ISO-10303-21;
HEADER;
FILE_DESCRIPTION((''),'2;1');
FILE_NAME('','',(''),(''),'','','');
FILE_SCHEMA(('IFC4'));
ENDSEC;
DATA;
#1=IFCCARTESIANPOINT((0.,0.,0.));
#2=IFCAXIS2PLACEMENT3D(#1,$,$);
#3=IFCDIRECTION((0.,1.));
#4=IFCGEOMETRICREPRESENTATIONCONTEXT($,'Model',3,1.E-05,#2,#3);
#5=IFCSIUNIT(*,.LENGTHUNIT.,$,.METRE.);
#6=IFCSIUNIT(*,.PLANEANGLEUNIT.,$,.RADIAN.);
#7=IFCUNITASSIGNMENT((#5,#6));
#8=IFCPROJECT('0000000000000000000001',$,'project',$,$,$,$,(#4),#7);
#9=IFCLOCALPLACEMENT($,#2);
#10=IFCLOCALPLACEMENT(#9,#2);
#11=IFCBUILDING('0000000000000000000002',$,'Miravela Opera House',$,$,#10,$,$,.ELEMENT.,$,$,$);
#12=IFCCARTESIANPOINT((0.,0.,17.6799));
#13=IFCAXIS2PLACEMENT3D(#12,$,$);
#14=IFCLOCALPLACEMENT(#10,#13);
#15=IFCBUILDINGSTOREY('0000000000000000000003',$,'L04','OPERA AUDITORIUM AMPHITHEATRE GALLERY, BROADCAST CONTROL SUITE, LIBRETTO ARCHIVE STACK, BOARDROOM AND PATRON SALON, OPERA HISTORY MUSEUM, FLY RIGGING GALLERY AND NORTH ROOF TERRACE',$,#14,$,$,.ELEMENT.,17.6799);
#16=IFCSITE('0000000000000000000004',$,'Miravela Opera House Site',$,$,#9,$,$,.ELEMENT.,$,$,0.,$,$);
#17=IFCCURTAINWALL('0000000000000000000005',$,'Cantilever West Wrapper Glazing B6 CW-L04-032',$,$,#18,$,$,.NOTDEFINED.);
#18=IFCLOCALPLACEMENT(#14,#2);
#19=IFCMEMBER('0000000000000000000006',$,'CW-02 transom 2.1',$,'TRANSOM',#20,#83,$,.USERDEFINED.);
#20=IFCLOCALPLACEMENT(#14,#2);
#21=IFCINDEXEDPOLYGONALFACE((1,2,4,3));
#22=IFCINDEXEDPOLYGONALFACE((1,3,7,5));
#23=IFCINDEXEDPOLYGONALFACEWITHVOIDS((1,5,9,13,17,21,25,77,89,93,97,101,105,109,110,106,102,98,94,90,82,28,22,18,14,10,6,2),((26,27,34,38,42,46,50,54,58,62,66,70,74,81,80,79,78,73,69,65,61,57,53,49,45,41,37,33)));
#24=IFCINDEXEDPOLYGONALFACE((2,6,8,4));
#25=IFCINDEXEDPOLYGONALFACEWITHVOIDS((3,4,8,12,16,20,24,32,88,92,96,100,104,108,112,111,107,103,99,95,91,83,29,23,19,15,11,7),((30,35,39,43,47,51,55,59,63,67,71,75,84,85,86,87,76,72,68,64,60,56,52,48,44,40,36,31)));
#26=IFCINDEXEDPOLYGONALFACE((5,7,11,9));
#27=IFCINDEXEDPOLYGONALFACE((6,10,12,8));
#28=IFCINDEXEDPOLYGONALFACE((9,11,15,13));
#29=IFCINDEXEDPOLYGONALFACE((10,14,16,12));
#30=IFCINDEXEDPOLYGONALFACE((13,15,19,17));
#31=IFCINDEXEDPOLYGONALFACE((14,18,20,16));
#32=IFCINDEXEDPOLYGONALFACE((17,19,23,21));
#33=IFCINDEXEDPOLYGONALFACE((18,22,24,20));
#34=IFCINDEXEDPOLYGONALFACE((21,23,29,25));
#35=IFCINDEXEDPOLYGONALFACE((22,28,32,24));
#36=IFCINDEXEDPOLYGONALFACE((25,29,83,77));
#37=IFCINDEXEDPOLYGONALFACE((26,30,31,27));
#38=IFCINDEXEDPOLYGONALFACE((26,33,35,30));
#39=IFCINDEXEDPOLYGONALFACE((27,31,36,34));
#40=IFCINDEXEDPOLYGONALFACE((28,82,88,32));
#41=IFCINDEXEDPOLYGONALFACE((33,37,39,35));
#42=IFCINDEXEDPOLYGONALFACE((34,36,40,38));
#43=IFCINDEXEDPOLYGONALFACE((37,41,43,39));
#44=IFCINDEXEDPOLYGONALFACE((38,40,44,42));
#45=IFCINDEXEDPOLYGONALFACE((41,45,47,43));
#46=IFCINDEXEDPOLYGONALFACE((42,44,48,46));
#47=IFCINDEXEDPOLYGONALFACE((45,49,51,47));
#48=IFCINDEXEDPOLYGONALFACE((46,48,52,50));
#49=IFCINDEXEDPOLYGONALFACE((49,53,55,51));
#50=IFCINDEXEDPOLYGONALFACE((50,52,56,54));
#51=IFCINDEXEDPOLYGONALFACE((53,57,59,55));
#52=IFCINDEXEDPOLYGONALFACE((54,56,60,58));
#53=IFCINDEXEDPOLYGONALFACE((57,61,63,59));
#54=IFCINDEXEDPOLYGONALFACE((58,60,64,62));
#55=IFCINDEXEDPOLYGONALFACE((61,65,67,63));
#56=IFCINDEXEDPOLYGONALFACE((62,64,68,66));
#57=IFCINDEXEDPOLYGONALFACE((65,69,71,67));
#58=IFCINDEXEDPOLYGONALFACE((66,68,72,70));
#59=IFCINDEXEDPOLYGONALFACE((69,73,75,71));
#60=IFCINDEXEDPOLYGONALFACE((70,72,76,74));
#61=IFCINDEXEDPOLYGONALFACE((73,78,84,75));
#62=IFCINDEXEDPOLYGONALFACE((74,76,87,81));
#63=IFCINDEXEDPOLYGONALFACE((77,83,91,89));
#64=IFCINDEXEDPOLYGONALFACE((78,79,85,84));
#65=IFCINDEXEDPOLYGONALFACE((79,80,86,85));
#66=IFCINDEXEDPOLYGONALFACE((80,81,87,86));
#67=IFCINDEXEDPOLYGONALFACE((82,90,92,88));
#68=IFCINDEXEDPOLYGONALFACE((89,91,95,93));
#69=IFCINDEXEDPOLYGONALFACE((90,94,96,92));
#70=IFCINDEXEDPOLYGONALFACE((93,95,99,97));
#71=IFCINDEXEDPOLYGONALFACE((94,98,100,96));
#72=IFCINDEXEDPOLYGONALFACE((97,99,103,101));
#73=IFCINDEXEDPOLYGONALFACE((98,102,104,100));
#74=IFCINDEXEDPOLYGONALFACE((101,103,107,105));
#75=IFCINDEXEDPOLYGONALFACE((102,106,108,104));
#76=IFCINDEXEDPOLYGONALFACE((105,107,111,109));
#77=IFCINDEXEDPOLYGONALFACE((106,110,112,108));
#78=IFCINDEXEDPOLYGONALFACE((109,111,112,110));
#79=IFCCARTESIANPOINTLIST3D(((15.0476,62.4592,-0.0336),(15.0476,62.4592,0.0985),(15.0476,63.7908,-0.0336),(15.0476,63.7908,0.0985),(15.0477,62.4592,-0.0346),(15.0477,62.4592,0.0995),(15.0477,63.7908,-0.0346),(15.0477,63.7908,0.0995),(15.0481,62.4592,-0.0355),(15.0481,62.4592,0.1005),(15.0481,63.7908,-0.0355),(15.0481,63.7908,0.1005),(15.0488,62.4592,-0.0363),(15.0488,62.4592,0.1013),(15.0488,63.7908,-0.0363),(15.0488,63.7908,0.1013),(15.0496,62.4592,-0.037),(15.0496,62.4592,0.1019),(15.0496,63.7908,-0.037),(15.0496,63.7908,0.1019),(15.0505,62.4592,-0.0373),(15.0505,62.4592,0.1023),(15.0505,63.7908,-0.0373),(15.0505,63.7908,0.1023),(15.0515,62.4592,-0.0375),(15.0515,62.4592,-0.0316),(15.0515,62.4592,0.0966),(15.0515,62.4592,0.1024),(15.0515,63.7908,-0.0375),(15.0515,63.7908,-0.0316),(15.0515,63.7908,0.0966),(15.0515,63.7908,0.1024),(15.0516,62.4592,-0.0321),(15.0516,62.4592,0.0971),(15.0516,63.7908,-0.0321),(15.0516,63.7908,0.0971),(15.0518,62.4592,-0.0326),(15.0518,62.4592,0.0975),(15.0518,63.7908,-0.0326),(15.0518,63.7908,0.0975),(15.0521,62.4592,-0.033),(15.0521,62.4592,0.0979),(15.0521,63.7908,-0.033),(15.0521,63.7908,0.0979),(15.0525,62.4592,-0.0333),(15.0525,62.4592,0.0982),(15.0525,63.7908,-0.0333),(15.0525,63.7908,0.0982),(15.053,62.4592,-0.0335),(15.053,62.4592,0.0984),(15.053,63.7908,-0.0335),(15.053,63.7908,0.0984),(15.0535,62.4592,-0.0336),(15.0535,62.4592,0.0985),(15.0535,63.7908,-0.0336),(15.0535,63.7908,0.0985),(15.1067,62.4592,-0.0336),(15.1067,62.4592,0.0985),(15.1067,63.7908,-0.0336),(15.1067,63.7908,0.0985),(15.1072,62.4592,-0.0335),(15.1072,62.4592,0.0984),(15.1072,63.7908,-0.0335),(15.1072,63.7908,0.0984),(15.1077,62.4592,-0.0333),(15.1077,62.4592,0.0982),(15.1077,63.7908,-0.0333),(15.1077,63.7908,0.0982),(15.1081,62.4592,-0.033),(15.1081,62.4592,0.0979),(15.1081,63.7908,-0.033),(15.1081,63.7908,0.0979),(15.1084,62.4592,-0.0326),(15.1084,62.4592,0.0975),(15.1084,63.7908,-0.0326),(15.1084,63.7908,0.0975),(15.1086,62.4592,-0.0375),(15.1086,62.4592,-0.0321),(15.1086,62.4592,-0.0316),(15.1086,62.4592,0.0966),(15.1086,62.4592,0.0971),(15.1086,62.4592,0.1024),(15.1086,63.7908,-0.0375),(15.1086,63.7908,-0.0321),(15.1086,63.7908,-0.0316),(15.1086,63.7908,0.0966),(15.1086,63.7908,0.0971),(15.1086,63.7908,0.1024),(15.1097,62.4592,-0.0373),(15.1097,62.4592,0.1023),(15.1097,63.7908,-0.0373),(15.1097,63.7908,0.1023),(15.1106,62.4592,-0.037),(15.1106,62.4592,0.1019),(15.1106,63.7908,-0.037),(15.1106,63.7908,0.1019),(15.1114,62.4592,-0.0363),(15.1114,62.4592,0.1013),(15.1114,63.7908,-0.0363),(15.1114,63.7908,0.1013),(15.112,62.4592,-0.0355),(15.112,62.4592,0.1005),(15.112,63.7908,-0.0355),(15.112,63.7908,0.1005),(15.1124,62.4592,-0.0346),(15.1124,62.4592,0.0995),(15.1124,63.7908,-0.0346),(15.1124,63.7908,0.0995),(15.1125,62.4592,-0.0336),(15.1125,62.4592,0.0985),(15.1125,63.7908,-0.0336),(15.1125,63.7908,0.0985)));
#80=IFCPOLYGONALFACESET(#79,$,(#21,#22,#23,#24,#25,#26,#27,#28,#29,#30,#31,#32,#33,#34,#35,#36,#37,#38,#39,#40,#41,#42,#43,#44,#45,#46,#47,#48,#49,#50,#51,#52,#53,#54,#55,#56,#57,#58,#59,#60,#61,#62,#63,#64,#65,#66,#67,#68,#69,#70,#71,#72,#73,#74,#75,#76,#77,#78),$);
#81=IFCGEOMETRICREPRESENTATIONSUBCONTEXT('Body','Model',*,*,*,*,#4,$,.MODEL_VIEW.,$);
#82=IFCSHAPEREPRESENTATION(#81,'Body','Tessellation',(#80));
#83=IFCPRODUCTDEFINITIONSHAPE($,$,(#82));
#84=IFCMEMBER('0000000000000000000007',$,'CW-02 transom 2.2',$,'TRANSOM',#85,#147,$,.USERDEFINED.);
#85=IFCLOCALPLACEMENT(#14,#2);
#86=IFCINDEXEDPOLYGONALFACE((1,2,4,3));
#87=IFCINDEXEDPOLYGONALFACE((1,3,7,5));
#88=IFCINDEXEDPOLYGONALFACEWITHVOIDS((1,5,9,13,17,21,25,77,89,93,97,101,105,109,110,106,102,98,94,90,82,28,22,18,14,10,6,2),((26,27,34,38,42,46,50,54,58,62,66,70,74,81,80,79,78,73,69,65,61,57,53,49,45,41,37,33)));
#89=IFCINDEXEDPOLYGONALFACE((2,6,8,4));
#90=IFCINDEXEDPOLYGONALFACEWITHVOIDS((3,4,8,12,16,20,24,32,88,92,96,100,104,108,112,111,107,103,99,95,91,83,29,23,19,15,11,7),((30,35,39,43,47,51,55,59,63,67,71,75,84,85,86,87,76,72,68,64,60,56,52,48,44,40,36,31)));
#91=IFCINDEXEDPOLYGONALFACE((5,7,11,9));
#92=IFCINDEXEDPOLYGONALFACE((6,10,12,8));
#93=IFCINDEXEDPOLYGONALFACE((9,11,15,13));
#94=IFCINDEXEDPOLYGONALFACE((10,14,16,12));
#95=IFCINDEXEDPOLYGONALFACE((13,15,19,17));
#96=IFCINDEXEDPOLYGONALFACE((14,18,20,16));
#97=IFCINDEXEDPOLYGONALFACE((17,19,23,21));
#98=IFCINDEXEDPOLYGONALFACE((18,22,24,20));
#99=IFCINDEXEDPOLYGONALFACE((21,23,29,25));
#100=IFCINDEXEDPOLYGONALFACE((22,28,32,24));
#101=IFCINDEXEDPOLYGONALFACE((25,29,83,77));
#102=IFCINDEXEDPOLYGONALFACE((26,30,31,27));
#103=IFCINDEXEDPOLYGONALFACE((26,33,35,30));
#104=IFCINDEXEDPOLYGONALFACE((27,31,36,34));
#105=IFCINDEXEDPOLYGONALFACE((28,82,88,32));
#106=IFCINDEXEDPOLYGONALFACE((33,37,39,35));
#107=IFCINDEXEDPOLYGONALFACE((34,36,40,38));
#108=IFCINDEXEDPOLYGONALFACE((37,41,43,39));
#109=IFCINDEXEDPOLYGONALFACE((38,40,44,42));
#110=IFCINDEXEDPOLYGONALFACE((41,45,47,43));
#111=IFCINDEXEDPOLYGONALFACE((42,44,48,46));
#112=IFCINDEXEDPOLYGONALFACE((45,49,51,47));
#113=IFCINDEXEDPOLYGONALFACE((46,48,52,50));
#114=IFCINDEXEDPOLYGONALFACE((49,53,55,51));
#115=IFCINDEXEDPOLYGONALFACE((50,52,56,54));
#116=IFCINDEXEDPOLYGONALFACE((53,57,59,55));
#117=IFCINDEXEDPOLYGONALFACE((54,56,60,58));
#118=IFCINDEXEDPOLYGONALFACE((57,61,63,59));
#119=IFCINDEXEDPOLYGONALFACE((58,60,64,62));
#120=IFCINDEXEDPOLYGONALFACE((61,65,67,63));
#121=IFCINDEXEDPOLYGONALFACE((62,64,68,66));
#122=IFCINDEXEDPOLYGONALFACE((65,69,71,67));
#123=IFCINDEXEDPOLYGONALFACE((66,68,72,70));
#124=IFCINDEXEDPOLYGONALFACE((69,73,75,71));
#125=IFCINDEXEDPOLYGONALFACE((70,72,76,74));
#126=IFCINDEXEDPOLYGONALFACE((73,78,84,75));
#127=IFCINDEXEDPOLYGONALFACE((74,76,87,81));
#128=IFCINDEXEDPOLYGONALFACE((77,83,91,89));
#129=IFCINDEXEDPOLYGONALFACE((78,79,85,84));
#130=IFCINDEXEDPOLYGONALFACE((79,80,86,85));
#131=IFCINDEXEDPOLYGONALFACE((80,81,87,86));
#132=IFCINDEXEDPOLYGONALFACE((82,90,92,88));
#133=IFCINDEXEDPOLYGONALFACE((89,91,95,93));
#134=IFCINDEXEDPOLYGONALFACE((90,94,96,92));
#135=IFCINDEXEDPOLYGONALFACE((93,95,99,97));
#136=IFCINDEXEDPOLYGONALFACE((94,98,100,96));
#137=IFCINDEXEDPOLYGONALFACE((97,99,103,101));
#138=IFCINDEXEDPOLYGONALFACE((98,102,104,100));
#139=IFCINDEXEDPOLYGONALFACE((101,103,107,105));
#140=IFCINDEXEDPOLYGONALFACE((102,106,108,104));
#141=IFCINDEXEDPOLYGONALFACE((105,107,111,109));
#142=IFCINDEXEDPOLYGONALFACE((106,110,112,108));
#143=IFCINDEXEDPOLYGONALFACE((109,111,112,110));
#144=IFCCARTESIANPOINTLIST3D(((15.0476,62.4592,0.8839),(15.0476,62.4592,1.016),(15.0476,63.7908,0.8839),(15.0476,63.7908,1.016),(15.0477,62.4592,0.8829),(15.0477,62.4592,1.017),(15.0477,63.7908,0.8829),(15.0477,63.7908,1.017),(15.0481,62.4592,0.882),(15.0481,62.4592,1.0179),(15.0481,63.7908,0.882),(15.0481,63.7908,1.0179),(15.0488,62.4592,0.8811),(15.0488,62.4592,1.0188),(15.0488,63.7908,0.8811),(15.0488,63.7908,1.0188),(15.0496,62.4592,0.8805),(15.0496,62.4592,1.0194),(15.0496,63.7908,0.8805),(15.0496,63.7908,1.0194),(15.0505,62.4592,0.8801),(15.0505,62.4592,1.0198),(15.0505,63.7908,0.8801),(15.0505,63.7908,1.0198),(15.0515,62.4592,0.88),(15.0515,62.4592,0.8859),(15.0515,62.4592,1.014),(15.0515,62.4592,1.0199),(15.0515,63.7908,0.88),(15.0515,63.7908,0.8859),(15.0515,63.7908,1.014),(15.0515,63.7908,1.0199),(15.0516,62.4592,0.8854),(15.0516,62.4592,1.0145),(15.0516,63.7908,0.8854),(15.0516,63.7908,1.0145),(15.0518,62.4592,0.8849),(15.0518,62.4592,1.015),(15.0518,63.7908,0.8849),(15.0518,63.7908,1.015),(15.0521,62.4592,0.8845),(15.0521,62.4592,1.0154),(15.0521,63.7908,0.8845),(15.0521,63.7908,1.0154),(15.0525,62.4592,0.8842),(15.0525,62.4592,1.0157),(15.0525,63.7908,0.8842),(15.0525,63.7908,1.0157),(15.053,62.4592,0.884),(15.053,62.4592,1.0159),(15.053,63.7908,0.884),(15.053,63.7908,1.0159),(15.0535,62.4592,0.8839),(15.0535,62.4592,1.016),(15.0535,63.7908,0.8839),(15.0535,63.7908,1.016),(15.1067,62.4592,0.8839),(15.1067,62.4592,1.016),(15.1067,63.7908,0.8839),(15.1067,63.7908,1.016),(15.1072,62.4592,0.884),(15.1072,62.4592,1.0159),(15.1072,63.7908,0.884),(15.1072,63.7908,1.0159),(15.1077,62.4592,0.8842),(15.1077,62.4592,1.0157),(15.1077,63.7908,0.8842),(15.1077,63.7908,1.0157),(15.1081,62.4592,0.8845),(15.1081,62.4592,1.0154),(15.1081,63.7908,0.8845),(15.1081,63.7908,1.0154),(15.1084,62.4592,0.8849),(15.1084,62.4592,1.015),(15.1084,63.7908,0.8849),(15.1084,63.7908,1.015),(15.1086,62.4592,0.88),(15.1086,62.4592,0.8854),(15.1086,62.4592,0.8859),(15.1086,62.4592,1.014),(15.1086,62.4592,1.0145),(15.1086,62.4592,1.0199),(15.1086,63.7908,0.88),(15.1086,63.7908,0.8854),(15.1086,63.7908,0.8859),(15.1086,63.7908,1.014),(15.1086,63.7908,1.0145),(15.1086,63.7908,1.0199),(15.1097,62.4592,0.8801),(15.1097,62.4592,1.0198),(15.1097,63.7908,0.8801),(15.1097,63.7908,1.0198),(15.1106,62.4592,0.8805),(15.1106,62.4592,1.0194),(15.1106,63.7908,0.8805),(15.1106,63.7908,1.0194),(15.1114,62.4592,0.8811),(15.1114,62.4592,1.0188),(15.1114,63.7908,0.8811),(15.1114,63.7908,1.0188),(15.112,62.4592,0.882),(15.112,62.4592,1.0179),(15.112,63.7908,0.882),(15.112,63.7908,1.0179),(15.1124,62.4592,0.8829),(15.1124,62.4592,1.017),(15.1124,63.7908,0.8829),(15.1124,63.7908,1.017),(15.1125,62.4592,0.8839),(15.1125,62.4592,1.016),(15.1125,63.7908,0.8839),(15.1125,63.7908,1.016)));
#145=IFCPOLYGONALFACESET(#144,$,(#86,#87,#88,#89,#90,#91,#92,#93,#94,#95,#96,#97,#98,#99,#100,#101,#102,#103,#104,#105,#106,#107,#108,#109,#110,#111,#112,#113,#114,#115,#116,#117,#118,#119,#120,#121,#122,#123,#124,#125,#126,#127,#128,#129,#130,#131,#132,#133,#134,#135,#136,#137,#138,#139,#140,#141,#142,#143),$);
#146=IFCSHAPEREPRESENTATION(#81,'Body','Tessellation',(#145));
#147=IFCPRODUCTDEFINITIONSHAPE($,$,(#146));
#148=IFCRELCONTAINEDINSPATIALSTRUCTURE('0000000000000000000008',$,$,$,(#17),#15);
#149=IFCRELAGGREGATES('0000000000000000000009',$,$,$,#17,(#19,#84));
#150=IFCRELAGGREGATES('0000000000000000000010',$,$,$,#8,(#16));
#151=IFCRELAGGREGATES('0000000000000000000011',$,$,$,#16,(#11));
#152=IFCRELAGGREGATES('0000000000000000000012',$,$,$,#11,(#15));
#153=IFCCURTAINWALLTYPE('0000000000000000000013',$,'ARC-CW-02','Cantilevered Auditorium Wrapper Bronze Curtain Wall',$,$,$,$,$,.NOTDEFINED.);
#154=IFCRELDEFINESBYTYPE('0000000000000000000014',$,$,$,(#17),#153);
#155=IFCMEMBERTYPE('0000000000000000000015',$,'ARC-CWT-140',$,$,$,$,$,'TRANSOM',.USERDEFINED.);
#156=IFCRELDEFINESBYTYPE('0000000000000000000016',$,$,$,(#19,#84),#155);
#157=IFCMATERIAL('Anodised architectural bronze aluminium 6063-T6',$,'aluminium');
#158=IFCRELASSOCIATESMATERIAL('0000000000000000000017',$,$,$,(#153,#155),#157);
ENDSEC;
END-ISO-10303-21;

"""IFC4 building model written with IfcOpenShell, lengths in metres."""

from ifc_helpers import new_model, si_unit, direction, frame, origin, origin_2d, place, context, subcontext, project, spatial, hollow_rectangle, extrude, material, material_profile, profile_set, type_object, element, aggregate, save


model = new_model("IFC4")

# Units and contexts
model_context = context("Model", 3, precision=1e-05, world=origin(), true_north=direction((0.0, 1.0)))
body_context = subcontext(model_context, "Body", "Model", "MODEL_VIEW")
ifc_project = project(units=[si_unit("LENGTHUNIT", "METRE"), si_unit("PLANEANGLEUNIT", "RADIAN")], contexts=[model_context])

# Site, building, storey
site_placement = place(None, origin())
site = spatial("IfcSite", under=ifc_project, at=site_placement, Name="Miravela Opera House Site", CompositionType="ELEMENT", RefElevation=0.0)
building_placement = place(site_placement, origin())
building = spatial("IfcBuilding", under=site, at=building_placement, Name="Miravela Opera House", CompositionType="ELEMENT")
storey_placement = place(building_placement, frame((0.0, 0.0, 17.6799)))
storey = spatial("IfcBuildingStorey", under=building, at=storey_placement, Name="L04", Description="OPERA AUDITORIUM AMPHITHEATRE GALLERY, BROADCAST CONTROL SUITE, LIBRETTO ARCHIVE STACK, BOARDROOM AND PATRON SALON, OPERA HISTORY MUSEUM, FLY RIGGING GALLERY AND NORTH ROOF TERRACE", CompositionType="ELEMENT", Elevation=17.6799)

# Shared definitions
ifc_material_1 = material(Name="Anodised architectural bronze aluminium 6063-T6", Category="aluminium")
curtain_wall_type = type_object("IfcCurtainWallType", Name="ARC-CW-02", Description="Cantilevered Auditorium Wrapper Bronze Curtain Wall", PredefinedType="NOTDEFINED", material=ifc_material_1)

# Curtain wall
curtain_wall_1_placement = place(storey_placement, origin())
curtain_wall_1 = element("IfcCurtainWall", 1, at=curtain_wall_1_placement, inside=storey, type_object=curtain_wall_type, Name="Cantilever West Wrapper Glazing B6 CW-L04-032", PredefinedType="NOTDEFINED")

# Members
ifc_material_profile_1 = material_profile(ifc_material_1, hollow_rectangle(XDim=0.0649, YDim=0.1399, WallThickness=0.0039, InnerFilletRadius=0.002, OuterFilletRadius=0.0039, at=origin_2d()), Name="CWT-65X140")
ifc_profile_set_1 = profile_set([ifc_material_profile_1])
member_type_1 = type_object("IfcMemberType", Name="ARC-CWT-140", ElementType="TRANSOM", PredefinedType="USERDEFINED", material=ifc_profile_set_1)
member_1_placement = place(storey_placement, frame((15.0801, 62.4592, 0.0325), z_axis=(0.0, 1.0, 0.0), x_axis=(-1.0, 0.0, 0.0)))
member_1 = element("IfcMember", 2, at=member_1_placement, type_object=member_type_1, Name="CW-02 transom 2.1", ObjectType="TRANSOM", PredefinedType="USERDEFINED", context=body_context, shape_type="SweptSolid", body=[
    extrude(hollow_rectangle(XDim=0.0649, YDim=0.1399, WallThickness=0.0039, InnerFilletRadius=0.002, OuterFilletRadius=0.0039, at=origin_2d()), origin(), (0.0, 0.0, 1.0), 1.3315),
])
member_2_placement = place(storey_placement, frame((15.0801, 62.4592, 0.95), z_axis=(0.0, 1.0, 0.0), x_axis=(-1.0, 0.0, 0.0)))
member_2 = element("IfcMember", 3, at=member_2_placement, type_object=member_type_1, Name="CW-02 transom 2.2", ObjectType="TRANSOM", PredefinedType="USERDEFINED", context=body_context, shape_type="SweptSolid", body=[
    extrude(hollow_rectangle(XDim=0.0649, YDim=0.1399, WallThickness=0.0039, InnerFilletRadius=0.002, OuterFilletRadius=0.0039, at=origin_2d()), origin(), (0.0, 0.0, 1.0), 1.3315),
])

aggregate(curtain_wall_1, [member_1, member_2])

save(model, "model.ifc")
